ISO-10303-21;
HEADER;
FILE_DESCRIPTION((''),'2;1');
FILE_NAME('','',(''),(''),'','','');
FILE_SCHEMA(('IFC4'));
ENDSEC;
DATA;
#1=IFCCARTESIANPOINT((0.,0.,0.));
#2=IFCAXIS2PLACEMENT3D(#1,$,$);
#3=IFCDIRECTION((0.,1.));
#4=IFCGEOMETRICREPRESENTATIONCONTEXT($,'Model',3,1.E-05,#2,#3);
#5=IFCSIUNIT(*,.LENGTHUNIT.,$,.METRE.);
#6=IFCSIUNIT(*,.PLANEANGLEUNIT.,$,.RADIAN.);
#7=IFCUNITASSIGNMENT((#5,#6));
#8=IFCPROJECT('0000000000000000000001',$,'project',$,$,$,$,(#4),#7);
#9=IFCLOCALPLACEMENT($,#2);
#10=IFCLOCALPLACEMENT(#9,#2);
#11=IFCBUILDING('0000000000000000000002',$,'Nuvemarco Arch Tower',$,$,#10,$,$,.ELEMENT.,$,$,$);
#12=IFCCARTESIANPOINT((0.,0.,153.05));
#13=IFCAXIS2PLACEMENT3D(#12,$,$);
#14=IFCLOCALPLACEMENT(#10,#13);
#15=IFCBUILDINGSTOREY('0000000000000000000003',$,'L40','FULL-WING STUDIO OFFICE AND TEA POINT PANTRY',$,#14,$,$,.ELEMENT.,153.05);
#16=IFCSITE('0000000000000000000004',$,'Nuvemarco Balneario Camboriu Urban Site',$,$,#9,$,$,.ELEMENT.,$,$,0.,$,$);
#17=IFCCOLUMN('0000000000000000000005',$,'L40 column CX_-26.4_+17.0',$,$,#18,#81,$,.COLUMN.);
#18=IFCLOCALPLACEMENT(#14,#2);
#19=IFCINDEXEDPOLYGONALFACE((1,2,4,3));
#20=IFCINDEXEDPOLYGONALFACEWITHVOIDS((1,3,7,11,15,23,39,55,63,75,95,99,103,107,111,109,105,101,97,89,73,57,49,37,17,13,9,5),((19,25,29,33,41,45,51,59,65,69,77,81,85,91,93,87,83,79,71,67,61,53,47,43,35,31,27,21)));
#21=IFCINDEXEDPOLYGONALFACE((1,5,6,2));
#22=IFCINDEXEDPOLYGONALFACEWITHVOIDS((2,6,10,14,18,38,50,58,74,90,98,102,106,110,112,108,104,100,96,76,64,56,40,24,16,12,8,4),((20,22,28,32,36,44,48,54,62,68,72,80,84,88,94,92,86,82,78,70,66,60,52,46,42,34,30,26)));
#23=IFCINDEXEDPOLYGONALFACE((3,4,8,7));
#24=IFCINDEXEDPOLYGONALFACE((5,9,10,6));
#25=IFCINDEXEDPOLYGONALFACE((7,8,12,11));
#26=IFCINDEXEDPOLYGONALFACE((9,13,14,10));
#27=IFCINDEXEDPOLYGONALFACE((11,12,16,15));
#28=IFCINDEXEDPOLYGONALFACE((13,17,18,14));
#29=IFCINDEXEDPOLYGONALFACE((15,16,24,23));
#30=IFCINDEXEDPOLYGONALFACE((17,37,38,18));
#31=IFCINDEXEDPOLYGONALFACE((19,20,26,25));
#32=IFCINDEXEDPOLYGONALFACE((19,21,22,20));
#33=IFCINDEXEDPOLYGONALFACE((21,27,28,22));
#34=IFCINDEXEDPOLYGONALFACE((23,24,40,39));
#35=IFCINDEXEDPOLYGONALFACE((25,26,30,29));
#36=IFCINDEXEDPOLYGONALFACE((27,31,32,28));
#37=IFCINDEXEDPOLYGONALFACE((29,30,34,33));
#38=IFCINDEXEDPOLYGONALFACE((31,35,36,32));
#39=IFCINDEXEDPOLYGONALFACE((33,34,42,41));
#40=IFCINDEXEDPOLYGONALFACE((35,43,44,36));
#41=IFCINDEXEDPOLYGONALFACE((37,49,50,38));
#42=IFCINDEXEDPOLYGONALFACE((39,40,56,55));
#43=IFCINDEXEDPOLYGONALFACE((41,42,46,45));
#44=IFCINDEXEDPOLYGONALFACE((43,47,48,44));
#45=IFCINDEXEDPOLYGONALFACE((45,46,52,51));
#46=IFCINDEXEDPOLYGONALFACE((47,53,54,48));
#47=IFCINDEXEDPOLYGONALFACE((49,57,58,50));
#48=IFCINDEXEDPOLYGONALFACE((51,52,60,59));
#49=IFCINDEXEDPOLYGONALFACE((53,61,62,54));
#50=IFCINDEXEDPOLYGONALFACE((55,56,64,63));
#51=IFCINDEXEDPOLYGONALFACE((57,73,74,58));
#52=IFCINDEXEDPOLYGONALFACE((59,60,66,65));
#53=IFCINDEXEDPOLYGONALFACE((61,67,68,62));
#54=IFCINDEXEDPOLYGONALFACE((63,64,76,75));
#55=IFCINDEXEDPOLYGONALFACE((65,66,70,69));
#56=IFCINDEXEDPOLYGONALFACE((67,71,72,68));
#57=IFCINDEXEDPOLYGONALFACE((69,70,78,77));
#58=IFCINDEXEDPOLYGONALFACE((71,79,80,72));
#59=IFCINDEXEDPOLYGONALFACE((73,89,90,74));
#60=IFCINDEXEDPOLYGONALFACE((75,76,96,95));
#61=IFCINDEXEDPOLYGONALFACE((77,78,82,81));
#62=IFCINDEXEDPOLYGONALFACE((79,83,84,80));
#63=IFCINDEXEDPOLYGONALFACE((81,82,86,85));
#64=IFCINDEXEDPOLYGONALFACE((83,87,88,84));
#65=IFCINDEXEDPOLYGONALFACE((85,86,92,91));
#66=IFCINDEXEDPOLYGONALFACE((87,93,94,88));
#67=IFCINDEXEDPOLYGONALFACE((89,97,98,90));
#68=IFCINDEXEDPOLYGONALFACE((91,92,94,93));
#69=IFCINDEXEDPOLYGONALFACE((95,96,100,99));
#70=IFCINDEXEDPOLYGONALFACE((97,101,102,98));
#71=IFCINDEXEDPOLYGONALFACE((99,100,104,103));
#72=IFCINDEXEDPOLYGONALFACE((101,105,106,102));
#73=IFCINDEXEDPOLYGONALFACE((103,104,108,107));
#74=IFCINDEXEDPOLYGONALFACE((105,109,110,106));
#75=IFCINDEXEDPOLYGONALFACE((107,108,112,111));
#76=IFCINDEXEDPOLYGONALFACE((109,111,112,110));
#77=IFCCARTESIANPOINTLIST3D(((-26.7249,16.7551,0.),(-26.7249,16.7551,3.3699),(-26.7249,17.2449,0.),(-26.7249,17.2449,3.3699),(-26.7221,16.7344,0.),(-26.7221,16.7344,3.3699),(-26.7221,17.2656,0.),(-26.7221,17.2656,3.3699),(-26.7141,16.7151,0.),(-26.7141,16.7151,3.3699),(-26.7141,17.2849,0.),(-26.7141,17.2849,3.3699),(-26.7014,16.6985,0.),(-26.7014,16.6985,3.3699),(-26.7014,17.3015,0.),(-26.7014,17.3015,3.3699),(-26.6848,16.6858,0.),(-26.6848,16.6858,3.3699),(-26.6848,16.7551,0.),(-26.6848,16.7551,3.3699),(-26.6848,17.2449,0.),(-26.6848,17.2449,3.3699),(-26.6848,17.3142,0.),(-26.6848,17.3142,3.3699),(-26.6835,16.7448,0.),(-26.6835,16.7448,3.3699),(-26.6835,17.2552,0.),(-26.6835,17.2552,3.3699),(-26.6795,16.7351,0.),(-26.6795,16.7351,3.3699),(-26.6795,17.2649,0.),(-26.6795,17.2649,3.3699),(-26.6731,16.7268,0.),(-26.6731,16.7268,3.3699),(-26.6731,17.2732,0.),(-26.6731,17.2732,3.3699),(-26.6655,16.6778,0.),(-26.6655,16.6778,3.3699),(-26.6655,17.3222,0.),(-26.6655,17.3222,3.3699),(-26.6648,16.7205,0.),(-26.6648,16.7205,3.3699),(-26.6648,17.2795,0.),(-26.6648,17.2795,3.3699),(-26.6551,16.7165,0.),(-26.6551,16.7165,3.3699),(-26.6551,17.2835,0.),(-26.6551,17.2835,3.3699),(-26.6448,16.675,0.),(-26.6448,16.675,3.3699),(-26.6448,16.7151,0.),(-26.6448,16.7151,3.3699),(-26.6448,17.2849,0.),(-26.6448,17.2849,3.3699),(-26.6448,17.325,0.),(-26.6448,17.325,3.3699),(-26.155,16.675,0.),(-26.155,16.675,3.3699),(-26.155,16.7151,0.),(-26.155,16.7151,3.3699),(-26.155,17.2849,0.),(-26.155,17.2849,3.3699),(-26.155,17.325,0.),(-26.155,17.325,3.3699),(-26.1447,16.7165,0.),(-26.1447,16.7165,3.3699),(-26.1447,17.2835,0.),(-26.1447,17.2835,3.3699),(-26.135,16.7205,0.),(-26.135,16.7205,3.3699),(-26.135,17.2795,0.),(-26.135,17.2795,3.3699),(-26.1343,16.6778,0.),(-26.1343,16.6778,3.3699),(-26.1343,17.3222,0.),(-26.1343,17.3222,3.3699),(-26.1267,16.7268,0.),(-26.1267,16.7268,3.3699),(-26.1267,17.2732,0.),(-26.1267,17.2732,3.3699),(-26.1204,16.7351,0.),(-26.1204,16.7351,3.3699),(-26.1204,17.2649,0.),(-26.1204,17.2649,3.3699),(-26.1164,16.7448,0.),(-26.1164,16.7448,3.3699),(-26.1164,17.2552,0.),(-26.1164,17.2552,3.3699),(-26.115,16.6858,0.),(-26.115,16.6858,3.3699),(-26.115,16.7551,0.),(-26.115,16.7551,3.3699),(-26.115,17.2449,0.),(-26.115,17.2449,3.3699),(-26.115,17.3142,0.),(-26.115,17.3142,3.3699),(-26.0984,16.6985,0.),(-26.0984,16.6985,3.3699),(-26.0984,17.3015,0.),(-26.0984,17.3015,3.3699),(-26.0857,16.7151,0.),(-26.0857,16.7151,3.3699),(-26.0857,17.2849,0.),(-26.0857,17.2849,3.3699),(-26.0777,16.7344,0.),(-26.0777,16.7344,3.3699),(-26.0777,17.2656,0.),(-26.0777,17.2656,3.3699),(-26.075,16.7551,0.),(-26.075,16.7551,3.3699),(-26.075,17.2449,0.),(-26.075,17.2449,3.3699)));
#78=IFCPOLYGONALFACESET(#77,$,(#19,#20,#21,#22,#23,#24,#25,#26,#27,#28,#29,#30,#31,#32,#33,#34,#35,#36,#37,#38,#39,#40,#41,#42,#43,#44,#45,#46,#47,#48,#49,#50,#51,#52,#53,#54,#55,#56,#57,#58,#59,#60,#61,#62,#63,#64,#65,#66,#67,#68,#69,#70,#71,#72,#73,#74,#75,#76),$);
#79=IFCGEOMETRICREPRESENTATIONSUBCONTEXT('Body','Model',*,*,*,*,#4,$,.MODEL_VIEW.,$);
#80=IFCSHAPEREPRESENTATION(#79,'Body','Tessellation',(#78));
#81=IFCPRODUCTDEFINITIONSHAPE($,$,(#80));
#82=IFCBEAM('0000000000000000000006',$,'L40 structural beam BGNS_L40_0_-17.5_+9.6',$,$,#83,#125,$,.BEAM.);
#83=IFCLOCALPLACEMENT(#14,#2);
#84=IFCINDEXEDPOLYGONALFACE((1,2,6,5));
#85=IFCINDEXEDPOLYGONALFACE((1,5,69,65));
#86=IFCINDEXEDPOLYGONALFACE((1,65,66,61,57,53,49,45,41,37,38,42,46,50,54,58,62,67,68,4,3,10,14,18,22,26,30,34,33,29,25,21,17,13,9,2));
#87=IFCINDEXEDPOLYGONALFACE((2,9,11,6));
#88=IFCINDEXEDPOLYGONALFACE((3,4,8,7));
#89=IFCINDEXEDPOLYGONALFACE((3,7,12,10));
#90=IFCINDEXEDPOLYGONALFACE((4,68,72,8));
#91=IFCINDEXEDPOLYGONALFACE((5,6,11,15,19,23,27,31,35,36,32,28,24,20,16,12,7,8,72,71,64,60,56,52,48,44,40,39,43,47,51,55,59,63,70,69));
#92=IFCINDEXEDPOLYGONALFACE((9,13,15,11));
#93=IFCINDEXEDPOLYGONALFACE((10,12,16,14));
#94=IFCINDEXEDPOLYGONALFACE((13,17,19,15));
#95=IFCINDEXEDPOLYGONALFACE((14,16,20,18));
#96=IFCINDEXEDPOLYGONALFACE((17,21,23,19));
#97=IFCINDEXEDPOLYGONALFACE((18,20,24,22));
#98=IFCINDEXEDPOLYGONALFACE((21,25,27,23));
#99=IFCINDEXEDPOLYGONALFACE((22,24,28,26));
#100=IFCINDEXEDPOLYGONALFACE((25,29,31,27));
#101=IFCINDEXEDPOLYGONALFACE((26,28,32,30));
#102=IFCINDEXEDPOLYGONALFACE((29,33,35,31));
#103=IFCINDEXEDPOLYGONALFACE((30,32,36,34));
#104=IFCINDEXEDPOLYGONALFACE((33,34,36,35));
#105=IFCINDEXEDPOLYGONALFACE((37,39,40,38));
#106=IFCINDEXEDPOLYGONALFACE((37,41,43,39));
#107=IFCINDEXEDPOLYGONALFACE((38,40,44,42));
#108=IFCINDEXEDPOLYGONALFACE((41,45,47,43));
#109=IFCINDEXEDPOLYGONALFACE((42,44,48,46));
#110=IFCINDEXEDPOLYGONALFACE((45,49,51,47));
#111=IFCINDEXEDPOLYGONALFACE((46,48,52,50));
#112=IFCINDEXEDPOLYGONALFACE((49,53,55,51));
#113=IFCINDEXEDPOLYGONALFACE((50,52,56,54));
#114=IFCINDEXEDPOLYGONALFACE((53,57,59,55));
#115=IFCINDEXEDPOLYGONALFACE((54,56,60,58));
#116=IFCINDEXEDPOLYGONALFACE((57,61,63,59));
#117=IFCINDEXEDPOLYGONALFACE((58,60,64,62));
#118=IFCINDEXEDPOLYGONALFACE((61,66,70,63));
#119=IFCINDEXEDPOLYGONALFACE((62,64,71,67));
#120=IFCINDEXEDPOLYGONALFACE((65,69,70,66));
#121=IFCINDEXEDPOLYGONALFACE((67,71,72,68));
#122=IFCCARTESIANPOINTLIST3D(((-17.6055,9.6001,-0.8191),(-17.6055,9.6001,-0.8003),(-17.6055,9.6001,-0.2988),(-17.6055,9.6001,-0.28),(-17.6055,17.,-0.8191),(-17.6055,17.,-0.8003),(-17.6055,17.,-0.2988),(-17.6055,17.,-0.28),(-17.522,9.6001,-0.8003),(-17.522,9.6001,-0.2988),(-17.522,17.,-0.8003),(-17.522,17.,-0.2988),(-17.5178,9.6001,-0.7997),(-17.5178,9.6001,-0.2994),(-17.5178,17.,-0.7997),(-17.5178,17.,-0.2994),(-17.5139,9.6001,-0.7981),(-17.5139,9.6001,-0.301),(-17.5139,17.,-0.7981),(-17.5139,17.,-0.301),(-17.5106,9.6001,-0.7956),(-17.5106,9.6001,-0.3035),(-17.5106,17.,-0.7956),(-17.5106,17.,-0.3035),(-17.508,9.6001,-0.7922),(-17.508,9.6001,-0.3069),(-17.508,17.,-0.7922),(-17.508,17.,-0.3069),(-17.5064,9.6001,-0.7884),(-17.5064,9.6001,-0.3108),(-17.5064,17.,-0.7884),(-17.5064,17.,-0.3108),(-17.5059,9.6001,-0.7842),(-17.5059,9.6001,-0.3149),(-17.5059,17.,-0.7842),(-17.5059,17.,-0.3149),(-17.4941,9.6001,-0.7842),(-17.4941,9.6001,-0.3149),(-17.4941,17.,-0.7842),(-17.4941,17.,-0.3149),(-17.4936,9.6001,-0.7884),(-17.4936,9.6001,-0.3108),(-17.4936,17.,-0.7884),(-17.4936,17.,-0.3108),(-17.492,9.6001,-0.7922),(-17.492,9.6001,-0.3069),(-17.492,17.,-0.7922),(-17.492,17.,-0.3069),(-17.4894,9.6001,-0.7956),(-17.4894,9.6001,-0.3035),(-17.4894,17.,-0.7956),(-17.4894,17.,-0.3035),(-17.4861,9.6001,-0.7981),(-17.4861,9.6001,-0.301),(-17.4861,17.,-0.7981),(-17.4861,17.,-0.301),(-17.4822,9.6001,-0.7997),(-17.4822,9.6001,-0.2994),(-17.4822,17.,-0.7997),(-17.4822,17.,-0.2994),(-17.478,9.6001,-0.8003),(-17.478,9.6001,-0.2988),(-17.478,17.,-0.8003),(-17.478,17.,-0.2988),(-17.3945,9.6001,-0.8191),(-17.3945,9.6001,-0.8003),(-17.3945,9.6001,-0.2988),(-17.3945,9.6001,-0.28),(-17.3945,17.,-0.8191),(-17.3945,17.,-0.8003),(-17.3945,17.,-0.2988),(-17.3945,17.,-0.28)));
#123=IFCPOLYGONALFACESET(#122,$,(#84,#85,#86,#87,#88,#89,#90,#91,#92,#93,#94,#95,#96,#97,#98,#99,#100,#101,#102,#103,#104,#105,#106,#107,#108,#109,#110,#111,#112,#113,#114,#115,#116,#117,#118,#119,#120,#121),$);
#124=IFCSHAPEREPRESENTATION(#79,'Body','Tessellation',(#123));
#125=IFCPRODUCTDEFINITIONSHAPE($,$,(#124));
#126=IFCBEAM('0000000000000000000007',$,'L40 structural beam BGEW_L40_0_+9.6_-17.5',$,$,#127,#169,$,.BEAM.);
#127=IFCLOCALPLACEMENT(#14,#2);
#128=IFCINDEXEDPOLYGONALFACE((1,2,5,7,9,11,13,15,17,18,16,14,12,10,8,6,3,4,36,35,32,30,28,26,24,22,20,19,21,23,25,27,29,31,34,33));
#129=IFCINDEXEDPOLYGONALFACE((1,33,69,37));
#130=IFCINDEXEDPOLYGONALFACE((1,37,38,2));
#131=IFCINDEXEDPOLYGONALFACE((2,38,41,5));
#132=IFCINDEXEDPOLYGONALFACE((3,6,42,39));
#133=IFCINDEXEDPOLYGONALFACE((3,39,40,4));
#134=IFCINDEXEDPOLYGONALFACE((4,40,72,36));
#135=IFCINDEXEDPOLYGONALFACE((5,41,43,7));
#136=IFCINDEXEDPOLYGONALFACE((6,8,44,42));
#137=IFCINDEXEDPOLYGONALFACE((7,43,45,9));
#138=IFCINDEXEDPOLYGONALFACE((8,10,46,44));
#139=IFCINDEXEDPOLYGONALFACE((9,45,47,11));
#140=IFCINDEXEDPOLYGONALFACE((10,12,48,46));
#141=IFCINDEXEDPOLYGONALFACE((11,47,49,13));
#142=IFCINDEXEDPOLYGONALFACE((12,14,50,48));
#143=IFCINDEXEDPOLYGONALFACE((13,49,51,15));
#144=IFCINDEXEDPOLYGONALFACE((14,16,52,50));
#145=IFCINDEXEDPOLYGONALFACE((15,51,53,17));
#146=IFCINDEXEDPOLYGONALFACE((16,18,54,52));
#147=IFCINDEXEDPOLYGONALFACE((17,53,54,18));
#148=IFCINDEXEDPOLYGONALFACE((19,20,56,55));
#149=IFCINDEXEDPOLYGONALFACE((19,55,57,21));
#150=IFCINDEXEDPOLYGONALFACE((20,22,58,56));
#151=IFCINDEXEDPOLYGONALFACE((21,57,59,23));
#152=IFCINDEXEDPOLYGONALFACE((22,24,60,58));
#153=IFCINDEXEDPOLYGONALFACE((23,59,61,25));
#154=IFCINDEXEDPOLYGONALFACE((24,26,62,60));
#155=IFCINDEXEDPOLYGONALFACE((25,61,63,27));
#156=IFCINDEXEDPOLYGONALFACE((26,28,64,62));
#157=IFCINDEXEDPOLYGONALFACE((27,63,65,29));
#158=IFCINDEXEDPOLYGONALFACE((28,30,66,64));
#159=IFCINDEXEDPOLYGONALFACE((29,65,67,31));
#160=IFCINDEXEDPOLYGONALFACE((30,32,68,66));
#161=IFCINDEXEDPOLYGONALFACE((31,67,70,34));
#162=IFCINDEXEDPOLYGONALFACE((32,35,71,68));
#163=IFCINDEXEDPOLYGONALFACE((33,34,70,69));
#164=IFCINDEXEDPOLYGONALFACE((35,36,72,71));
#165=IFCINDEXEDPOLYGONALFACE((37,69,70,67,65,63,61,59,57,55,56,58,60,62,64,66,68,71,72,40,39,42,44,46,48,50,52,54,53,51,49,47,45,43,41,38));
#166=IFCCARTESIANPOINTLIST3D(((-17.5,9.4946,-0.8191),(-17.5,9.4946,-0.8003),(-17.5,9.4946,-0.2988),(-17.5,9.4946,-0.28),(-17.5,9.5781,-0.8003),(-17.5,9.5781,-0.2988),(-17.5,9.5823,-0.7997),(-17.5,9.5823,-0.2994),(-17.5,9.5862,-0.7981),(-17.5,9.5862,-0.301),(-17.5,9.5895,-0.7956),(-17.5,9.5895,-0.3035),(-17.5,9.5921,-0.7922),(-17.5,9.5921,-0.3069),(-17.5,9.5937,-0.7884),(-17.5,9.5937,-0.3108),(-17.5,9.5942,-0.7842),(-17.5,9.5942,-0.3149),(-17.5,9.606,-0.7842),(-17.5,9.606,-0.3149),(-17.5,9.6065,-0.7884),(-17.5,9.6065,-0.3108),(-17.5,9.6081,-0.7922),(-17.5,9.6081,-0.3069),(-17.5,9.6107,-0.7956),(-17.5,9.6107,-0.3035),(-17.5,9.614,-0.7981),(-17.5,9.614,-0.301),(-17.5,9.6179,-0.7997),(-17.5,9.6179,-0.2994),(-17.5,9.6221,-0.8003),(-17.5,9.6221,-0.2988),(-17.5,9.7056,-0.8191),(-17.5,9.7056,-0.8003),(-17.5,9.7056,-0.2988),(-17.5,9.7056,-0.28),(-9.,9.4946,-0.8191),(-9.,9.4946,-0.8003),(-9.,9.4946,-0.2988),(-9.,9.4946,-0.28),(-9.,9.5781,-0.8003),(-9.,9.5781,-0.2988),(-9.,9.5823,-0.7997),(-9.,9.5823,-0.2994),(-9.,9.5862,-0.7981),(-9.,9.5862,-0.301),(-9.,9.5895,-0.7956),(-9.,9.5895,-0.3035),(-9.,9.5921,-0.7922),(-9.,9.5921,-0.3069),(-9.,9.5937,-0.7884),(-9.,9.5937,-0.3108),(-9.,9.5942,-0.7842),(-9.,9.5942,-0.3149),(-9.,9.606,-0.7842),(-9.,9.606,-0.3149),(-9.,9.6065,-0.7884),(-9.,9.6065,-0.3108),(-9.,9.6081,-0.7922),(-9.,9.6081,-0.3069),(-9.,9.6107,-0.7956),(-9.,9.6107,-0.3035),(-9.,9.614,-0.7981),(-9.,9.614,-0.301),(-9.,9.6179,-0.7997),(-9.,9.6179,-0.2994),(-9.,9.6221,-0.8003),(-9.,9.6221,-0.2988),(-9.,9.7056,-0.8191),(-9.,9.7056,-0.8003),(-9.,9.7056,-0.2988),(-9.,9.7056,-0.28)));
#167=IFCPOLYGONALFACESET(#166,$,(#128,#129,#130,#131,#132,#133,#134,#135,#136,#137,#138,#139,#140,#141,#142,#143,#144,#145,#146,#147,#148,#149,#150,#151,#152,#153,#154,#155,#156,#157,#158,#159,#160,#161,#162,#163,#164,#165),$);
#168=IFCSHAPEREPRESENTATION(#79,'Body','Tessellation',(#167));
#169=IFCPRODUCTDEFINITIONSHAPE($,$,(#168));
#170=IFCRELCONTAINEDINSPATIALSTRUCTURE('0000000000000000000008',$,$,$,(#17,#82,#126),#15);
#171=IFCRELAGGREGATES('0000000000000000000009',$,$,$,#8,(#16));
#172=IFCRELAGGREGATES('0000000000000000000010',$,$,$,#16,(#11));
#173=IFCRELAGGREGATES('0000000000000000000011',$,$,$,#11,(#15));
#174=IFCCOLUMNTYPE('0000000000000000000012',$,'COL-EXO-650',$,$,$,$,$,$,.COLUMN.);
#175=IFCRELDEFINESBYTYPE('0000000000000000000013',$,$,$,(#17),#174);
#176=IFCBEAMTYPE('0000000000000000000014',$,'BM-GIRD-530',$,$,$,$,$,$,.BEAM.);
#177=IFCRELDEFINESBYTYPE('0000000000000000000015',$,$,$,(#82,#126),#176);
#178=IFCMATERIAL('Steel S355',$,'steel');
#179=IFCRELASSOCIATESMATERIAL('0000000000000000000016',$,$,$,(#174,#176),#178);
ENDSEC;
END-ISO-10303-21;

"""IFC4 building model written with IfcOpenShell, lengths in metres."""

from ifc_helpers import new_model, si_unit, direction, frame, origin, origin_2d, place, context, subcontext, project, spatial, hollow_rectangle, i_section, extrude, material, material_profile, profile_set, type_object, element, save


model = new_model("IFC4")

# Units and contexts
model_context = context("Model", 3, precision=1e-05, world=origin(), true_north=direction((0.0, 1.0)))
body_context = subcontext(model_context, "Body", "Model", "MODEL_VIEW")
ifc_project = project(units=[si_unit("LENGTHUNIT", "METRE"), si_unit("PLANEANGLEUNIT", "RADIAN")], contexts=[model_context])

# Site, building, storey
site_placement = place(None, origin())
site = spatial("IfcSite", under=ifc_project, at=site_placement, Name="Nuvemarco Balneario Camboriu Urban Site", CompositionType="ELEMENT", RefElevation=0.0)
building_placement = place(site_placement, origin())
building = spatial("IfcBuilding", under=site, at=building_placement, Name="Nuvemarco Arch Tower", CompositionType="ELEMENT")
storey_placement = place(building_placement, frame((0.0, 0.0, 153.05)))
storey = spatial("IfcBuildingStorey", under=building, at=storey_placement, Name="L40", Description="FULL-WING STUDIO OFFICE AND TEA POINT PANTRY", CompositionType="ELEMENT", Elevation=153.05)

# Column
ifc_material_1 = material(Name="Steel S355", Category="steel")
ifc_material_profile_1 = material_profile(ifc_material_1, hollow_rectangle(XDim=0.6499, YDim=0.6499, WallThickness=0.04, InnerFilletRadius=0.04, OuterFilletRadius=0.0801, at=origin_2d()), Name="SHS650x650x40")
ifc_profile_set_1 = profile_set([ifc_material_profile_1], Name="Steel S355")
column_type = type_object("IfcColumnType", Name="COL-EXO-650", PredefinedType="COLUMN", material=ifc_profile_set_1)
column_placement = place(storey_placement, frame((-26.3999, 17.0, 0.0), z_axis=(0.0, 0.0, 1.0), x_axis=(1.0, 0.0, 0.0)))
element("IfcColumn", 1, at=column_placement, inside=storey, type_object=column_type, Name="L40 column CX_-26.4_+17.0", PredefinedType="COLUMN", context=body_context, shape_type="SweptSolid", body=[
    extrude(hollow_rectangle(XDim=0.6499, YDim=0.6499, WallThickness=0.04, InnerFilletRadius=0.04, OuterFilletRadius=0.0801, at=origin_2d()), origin(), (0.0, 0.0, 1.0), 3.3699),
])

# Beams
ifc_material_profile_2 = material_profile(ifc_material_1, i_section(OverallWidth=0.2109, OverallDepth=0.5391, WebThickness=0.0117, FlangeThickness=0.0188, FilletRadius=0.0161, at=origin_2d()), Name="W530x109")
ifc_profile_set_2 = profile_set([ifc_material_profile_2], Name="Steel S355")
beam_type_1 = type_object("IfcBeamType", Name="BM-GIRD-530", PredefinedType="BEAM", material=ifc_profile_set_2)
beam_1_placement = place(storey_placement, frame((-17.5, 9.6001, -0.5496), z_axis=(0.0, 1.0, 0.0), x_axis=(-1.0, 0.0, 0.0)))
element("IfcBeam", 2, at=beam_1_placement, inside=storey, type_object=beam_type_1, Name="L40 structural beam BGNS_L40_0_-17.5_+9.6", PredefinedType="BEAM", context=body_context, shape_type="SweptSolid", body=[
    extrude(i_section(OverallWidth=0.2109, OverallDepth=0.5391, WebThickness=0.0117, FlangeThickness=0.0188, FilletRadius=0.0161, at=origin_2d()), origin(), (0.0, 0.0, 1.0), 7.3999),
])
beam_2_placement = place(storey_placement, frame((-17.5, 9.6001, -0.5496), z_axis=(1.0, 0.0, 0.0), x_axis=(0.0, 1.0, 0.0)))
element("IfcBeam", 3, at=beam_2_placement, inside=storey, type_object=beam_type_1, Name="L40 structural beam BGEW_L40_0_+9.6_-17.5", PredefinedType="BEAM", context=body_context, shape_type="SweptSolid", body=[
    extrude(i_section(OverallWidth=0.2109, OverallDepth=0.5391, WebThickness=0.0117, FlangeThickness=0.0188, FilletRadius=0.0161, at=origin_2d()), origin(), (0.0, 0.0, 1.0), 8.5),
])

save(model, "model.ifc")
